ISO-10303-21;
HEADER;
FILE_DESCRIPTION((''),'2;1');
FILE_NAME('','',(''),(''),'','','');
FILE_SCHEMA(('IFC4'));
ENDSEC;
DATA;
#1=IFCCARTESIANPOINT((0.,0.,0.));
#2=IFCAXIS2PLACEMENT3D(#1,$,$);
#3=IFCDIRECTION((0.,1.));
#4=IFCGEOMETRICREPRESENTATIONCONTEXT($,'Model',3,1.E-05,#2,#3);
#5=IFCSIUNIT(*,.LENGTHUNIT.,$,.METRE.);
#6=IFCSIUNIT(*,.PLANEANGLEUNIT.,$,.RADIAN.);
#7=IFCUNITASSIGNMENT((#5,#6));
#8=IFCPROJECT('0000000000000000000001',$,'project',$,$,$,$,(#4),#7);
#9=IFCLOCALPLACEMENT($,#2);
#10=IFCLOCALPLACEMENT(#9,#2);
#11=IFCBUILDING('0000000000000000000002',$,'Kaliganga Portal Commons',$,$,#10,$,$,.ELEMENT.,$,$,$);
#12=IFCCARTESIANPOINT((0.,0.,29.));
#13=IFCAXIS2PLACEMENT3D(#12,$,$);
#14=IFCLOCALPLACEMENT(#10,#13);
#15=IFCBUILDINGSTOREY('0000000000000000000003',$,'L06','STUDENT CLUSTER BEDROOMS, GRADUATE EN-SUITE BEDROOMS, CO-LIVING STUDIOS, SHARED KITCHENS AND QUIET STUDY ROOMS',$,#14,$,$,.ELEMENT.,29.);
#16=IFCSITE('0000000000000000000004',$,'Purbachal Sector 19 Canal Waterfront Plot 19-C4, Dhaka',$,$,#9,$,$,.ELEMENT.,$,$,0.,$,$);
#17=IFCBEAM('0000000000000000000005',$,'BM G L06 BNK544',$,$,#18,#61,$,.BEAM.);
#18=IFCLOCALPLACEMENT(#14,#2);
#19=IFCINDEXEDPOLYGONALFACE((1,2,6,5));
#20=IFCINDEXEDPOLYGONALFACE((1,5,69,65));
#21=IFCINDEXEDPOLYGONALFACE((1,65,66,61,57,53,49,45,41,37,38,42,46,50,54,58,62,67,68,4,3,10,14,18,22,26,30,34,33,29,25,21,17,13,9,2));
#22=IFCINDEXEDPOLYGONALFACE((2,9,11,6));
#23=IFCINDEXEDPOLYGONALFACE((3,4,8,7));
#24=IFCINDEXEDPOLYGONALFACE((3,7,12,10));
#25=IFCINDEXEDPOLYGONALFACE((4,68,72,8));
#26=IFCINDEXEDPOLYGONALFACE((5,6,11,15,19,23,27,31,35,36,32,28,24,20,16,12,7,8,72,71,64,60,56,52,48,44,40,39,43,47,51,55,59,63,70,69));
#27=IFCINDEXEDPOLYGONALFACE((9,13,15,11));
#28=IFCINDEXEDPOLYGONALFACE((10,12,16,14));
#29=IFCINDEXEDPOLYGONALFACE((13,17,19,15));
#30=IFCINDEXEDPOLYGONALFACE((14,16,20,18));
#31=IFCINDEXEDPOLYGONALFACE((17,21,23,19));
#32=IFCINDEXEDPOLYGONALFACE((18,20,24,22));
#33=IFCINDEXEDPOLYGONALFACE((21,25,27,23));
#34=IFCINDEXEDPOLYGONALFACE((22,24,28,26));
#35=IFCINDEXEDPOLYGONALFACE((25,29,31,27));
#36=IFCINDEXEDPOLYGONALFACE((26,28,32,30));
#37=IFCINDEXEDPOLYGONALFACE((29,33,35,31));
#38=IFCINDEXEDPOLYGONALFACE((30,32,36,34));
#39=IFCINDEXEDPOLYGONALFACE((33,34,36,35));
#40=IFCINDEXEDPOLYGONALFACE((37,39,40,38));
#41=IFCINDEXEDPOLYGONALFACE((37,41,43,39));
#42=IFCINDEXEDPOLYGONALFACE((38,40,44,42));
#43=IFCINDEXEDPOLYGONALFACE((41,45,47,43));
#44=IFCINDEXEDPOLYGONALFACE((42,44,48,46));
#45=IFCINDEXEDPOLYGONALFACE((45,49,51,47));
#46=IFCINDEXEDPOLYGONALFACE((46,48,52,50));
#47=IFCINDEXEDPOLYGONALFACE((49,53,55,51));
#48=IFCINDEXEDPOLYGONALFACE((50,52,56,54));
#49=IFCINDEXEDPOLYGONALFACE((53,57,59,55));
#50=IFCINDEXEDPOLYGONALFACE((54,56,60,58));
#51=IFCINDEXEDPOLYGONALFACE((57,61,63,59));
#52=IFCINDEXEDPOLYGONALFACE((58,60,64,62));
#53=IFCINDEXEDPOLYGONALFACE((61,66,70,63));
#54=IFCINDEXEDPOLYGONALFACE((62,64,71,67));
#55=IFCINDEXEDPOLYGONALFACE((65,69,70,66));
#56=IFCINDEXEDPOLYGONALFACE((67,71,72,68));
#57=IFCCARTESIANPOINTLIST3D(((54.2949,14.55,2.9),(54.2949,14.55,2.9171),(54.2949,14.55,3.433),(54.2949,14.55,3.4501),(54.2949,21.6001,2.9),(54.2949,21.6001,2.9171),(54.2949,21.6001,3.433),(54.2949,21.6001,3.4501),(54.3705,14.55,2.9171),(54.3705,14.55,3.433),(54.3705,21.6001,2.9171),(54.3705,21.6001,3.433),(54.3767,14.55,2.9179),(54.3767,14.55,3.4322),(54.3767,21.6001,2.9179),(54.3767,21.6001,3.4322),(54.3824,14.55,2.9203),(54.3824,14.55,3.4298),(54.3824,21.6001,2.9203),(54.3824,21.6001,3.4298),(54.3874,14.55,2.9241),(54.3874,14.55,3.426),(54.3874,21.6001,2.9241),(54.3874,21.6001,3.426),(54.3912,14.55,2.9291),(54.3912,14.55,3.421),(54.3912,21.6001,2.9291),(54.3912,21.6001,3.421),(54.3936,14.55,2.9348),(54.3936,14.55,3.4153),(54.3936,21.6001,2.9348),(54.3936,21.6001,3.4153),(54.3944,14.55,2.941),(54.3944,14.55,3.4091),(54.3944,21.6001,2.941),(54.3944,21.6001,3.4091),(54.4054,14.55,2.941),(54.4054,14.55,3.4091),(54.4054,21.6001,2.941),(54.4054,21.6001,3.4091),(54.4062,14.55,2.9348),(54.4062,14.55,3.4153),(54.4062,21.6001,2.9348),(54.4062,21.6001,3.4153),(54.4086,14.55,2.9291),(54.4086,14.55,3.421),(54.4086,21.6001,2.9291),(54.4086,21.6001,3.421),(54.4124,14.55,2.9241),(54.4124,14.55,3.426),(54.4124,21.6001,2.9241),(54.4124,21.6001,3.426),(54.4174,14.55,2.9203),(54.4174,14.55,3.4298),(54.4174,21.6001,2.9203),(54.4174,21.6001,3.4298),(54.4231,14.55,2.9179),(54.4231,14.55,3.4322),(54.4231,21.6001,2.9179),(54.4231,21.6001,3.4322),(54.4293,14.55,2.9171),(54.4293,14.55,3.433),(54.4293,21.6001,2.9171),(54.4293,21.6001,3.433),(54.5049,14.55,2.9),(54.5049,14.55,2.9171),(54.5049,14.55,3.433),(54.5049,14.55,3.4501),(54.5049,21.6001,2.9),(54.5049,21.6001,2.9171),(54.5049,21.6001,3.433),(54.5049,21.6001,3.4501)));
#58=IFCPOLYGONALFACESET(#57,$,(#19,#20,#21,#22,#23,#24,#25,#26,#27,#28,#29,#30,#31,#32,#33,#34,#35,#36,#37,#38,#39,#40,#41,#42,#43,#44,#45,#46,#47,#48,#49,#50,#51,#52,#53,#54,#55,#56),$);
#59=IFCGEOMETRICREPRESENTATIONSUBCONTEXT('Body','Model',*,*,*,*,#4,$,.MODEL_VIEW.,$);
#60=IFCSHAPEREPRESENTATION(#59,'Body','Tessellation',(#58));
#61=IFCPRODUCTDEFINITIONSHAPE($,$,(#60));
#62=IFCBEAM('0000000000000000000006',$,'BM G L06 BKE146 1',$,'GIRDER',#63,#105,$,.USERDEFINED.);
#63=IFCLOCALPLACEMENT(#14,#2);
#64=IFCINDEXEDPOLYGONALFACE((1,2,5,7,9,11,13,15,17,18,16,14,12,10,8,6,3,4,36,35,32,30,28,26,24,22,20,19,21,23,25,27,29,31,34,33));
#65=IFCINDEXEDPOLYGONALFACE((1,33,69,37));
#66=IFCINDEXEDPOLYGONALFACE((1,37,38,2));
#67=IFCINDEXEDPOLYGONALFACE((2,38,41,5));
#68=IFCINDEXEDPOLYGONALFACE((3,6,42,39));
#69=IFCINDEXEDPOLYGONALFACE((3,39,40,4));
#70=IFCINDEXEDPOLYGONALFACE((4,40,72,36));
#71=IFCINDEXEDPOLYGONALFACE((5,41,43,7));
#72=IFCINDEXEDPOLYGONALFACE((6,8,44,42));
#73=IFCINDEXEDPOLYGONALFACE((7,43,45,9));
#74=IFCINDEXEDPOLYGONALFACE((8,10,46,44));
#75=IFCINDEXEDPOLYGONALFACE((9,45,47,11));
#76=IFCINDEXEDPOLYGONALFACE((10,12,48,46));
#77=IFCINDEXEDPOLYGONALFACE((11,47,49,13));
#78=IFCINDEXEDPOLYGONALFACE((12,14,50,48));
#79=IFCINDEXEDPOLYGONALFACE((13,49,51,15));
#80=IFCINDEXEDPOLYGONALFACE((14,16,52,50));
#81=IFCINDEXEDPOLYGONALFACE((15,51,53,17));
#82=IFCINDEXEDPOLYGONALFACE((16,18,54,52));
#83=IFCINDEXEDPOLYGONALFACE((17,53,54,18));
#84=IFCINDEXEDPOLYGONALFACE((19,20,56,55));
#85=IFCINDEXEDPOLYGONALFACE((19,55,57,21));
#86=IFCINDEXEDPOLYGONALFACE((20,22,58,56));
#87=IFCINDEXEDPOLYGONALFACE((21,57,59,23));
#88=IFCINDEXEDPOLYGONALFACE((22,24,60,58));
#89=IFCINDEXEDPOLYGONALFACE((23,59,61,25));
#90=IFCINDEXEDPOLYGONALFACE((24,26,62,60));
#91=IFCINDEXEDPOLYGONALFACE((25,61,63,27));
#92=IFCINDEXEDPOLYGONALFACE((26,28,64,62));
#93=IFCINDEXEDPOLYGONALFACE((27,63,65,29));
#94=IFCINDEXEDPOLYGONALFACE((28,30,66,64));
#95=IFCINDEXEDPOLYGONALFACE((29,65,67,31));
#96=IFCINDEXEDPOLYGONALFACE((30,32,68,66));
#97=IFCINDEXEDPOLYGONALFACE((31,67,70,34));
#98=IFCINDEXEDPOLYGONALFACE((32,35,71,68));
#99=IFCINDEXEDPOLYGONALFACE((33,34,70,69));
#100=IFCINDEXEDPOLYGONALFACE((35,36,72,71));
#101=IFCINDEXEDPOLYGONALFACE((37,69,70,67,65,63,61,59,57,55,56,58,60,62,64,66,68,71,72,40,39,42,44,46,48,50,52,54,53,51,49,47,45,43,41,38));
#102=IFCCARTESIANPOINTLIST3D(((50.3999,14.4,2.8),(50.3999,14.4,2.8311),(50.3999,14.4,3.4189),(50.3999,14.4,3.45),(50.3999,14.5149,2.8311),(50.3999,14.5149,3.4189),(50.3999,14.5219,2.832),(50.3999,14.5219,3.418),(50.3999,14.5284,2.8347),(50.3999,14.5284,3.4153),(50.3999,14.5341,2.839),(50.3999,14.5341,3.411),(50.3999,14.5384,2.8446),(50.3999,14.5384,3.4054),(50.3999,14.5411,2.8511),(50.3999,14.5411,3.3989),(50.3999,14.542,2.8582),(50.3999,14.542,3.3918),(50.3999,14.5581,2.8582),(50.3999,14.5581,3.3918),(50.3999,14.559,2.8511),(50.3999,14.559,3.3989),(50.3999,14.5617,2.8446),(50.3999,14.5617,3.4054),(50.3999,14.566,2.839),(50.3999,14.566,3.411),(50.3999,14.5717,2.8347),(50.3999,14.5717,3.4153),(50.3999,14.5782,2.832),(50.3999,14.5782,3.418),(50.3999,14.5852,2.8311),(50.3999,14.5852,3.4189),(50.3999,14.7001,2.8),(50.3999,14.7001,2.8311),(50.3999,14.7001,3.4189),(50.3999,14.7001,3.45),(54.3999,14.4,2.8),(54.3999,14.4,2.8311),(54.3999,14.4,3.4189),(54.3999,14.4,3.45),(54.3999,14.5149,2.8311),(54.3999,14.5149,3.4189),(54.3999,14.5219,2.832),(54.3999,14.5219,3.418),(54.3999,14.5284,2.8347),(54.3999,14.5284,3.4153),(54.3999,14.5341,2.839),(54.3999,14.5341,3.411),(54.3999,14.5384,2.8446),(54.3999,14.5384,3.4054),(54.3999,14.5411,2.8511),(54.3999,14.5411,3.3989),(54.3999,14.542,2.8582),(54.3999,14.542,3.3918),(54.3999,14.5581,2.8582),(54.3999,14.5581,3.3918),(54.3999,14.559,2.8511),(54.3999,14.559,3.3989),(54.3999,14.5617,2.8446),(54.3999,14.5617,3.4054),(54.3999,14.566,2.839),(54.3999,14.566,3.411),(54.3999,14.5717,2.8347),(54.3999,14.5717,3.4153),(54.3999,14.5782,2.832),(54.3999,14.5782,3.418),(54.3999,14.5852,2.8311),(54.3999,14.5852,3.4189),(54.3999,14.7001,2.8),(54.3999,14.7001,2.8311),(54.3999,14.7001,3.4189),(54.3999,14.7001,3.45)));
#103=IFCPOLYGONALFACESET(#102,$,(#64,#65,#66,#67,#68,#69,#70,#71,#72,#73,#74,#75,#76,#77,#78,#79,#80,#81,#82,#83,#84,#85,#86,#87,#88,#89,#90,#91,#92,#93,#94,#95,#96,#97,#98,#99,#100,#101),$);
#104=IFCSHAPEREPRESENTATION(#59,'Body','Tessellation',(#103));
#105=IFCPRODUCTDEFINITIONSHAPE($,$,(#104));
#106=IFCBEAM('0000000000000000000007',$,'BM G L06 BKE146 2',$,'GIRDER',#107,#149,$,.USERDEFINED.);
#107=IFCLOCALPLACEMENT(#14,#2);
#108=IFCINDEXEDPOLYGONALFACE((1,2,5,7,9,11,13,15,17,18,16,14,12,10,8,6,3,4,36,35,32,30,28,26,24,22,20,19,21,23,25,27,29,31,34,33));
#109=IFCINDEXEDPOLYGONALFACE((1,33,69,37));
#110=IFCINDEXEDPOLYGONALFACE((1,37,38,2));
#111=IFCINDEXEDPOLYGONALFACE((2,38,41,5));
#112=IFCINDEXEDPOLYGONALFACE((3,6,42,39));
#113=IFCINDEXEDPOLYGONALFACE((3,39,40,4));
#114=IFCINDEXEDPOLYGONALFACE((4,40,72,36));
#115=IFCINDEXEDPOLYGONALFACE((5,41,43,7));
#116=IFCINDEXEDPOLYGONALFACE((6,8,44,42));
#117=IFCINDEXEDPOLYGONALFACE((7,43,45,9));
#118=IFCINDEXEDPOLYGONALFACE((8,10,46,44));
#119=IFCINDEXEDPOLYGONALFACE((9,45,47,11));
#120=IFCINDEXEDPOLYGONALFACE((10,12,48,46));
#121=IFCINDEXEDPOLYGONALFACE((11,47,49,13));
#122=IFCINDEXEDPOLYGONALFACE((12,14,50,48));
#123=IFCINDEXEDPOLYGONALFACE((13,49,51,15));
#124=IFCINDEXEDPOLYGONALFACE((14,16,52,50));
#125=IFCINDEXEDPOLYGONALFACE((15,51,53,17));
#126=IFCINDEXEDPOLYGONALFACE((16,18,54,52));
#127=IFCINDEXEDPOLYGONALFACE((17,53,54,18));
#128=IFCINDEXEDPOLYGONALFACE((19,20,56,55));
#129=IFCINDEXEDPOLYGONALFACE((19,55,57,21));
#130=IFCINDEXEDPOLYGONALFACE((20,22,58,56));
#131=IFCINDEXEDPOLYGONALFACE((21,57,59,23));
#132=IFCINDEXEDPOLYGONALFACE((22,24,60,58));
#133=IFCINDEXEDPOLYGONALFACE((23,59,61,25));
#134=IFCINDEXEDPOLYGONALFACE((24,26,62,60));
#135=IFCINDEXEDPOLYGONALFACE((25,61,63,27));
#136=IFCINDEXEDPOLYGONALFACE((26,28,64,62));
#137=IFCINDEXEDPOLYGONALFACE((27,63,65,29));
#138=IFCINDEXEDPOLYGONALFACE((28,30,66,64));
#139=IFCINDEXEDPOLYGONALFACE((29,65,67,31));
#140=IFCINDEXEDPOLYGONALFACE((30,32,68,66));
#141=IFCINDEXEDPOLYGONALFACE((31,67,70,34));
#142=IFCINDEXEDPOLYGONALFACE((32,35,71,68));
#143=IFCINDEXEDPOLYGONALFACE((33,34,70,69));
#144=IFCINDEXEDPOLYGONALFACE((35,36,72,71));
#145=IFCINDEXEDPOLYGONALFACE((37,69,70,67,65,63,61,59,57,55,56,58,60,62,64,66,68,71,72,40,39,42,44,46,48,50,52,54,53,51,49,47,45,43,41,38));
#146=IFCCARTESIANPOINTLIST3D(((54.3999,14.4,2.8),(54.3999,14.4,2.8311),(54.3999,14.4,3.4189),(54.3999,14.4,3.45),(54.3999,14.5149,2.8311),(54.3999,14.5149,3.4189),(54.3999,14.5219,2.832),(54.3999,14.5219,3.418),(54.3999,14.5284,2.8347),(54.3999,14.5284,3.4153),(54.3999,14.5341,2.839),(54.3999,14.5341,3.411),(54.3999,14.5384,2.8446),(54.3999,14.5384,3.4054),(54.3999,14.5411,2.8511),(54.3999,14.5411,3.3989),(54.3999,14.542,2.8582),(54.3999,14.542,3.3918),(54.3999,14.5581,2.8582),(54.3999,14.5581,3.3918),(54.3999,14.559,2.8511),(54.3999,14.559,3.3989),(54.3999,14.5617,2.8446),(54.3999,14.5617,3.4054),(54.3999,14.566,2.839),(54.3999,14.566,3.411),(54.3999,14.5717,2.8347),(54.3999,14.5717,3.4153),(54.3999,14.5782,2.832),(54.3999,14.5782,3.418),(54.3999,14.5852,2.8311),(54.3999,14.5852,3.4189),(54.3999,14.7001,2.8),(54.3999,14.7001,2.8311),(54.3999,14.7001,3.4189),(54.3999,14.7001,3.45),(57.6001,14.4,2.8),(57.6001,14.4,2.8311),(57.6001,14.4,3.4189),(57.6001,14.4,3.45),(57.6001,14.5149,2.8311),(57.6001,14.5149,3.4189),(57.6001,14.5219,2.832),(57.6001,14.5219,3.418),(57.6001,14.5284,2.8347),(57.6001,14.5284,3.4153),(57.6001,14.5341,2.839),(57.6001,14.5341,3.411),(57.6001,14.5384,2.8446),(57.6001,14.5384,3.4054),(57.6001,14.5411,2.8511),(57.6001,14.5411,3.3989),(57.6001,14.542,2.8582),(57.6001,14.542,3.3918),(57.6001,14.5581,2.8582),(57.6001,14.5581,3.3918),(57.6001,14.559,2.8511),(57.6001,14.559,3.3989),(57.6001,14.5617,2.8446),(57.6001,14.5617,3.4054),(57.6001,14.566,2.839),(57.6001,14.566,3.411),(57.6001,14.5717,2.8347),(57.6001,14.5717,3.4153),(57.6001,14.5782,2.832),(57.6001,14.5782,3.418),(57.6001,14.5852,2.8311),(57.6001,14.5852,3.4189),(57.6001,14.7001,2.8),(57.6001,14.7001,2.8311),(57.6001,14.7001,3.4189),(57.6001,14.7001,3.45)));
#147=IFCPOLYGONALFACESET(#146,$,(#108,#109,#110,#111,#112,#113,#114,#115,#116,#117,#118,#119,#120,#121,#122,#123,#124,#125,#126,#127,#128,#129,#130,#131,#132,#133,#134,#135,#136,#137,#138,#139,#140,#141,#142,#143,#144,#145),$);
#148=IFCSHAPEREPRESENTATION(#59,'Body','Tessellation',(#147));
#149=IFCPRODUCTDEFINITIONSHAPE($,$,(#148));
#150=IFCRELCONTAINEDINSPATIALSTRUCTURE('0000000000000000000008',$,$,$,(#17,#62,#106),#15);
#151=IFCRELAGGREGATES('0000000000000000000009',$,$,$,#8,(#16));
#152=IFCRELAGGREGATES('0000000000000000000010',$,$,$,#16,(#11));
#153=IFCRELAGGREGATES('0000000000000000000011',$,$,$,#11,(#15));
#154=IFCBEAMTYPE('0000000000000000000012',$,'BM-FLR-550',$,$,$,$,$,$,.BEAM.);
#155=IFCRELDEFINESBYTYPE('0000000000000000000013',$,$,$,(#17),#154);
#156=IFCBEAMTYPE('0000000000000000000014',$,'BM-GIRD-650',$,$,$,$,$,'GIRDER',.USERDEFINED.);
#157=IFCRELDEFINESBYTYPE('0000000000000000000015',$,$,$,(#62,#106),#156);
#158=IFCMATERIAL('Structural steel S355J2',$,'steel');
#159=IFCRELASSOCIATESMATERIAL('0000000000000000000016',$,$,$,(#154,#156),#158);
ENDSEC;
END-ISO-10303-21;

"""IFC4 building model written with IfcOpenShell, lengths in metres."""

from ifc_helpers import new_model, si_unit, direction, frame, origin, origin_2d, place, context, subcontext, project, spatial, i_section, extrude, source, transform, mapped, material, material_profile, profile_set, type_object, element, save


model = new_model("IFC4")

# Units and contexts
model_context = context("Model", 3, precision=1e-05, world=origin(), true_north=direction((0.0, 1.0)))
body_context = subcontext(model_context, "Body", "Model", "MODEL_VIEW")
ifc_project = project(units=[si_unit("LENGTHUNIT", "METRE"), si_unit("PLANEANGLEUNIT", "RADIAN")], contexts=[model_context])

# Site, building, storey
site_placement = place(None, origin())
site = spatial("IfcSite", under=ifc_project, at=site_placement, Name="Purbachal Sector 19 Canal Waterfront Plot 19-C4, Dhaka", CompositionType="ELEMENT", RefElevation=0.0)
building_placement = place(site_placement, origin())
building = spatial("IfcBuilding", under=site, at=building_placement, Name="Kaliganga Portal Commons", CompositionType="ELEMENT")
storey_placement = place(building_placement, frame((0.0, 0.0, 29.0)))
storey = spatial("IfcBuildingStorey", under=building, at=storey_placement, Name="L06", Description="STUDENT CLUSTER BEDROOMS, GRADUATE EN-SUITE BEDROOMS, CO-LIVING STUDIOS, SHARED KITCHENS AND QUIET STUDY ROOMS", CompositionType="ELEMENT", Elevation=29.0)

# Beams
ifc_material_1 = material(Name="Structural steel S355J2", Category="steel")
ifc_material_profile_1 = material_profile(ifc_material_1, i_section(OverallWidth=0.21, OverallDepth=0.55, WebThickness=0.011, FlangeThickness=0.0171, FilletRadius=0.0239, at=origin_2d()), Name="IPE 550")
ifc_profile_set_1 = profile_set([ifc_material_profile_1], Name="Structural steel S355J2 wide-flange")
beam_type_1 = type_object("IfcBeamType", Name="BM-FLR-550", PredefinedType="BEAM", material=ifc_profile_set_1)
shared_shape_1 = source(origin(), body_context, "Body", "SweptSolid", [
    extrude(i_section(OverallWidth=0.21, OverallDepth=0.55, WebThickness=0.011, FlangeThickness=0.0171, FilletRadius=0.0239, at=origin_2d()), origin(), (0.0, 0.0, 1.0), 7.05),
])
for number, where, z_axis, x_axis, name in (
    (1, (54.3999, 14.55, 3.175), (0.0, 1.0, 0.0), (-1.0, 0.0, 0.0), "BM G L06 BNK544"),
):
    element("IfcBeam", number, at=place(storey_placement, frame(where, z_axis=z_axis, x_axis=x_axis)), inside=storey, type_object=beam_type_1, Name=name, PredefinedType="BEAM", context=body_context, shape_type="MappedRepresentation", body=[
        mapped(shared_shape_1, transform((0.0, 0.0, 0.0), x_axis=(1.0, 0.0, 0.0), y_axis=(0.0, 1.0, 0.0), z_axis=(0.0, 0.0, 1.0), scale=1.0)),
    ])
ifc_material_profile_2 = material_profile(ifc_material_1, i_section(OverallWidth=0.3, OverallDepth=0.6499, WebThickness=0.0161, FlangeThickness=0.031, FilletRadius=0.0271, at=origin_2d()), Name="HE 650 B")
ifc_profile_set_2 = profile_set([ifc_material_profile_2], Name="Structural steel S355J2 wide-flange")
beam_type_2 = type_object("IfcBeamType", Name="BM-GIRD-650", ElementType="GIRDER", PredefinedType="USERDEFINED", material=ifc_profile_set_2)
shared_shape_2 = source(origin(), body_context, "Body", "SweptSolid", [
    extrude(i_section(OverallWidth=0.3, OverallDepth=0.6499, WebThickness=0.0161, FlangeThickness=0.031, FilletRadius=0.0271, at=origin_2d()), origin(), (0.0, 0.0, 1.0), 4.0),
])
beam_1_placement = place(storey_placement, frame((50.3999, 14.55, 3.125), z_axis=(1.0, 0.0, 0.0), x_axis=(0.0, 1.0, 0.0)))
element("IfcBeam", 2, at=beam_1_placement, inside=storey, type_object=beam_type_2, Name="BM G L06 BKE146 1", ObjectType="GIRDER", PredefinedType="USERDEFINED", context=body_context, shape_type="MappedRepresentation", body=[
    mapped(shared_shape_2, transform((0.0, 0.0, 0.0), x_axis=(1.0, 0.0, 0.0), y_axis=(0.0, 1.0, 0.0), z_axis=(0.0, 0.0, 1.0), scale=1.0)),
])
shared_shape_3 = source(origin(), body_context, "Body", "SweptSolid", [
    extrude(i_section(OverallWidth=0.3, OverallDepth=0.6499, WebThickness=0.0161, FlangeThickness=0.031, FilletRadius=0.0271, at=origin_2d()), origin(), (0.0, 0.0, 1.0), 3.2002),
])
beam_2_placement = place(storey_placement, frame((54.3999, 14.55, 3.125), z_axis=(1.0, 0.0, 0.0), x_axis=(0.0, 1.0, 0.0)))
element("IfcBeam", 3, at=beam_2_placement, inside=storey, type_object=beam_type_2, Name="BM G L06 BKE146 2", ObjectType="GIRDER", PredefinedType="USERDEFINED", context=body_context, shape_type="MappedRepresentation", body=[
    mapped(shared_shape_3, transform((0.0, 0.0, 0.0), x_axis=(1.0, 0.0, 0.0), y_axis=(0.0, 1.0, 0.0), z_axis=(0.0, 0.0, 1.0), scale=1.0)),
])

save(model, "model.ifc")
